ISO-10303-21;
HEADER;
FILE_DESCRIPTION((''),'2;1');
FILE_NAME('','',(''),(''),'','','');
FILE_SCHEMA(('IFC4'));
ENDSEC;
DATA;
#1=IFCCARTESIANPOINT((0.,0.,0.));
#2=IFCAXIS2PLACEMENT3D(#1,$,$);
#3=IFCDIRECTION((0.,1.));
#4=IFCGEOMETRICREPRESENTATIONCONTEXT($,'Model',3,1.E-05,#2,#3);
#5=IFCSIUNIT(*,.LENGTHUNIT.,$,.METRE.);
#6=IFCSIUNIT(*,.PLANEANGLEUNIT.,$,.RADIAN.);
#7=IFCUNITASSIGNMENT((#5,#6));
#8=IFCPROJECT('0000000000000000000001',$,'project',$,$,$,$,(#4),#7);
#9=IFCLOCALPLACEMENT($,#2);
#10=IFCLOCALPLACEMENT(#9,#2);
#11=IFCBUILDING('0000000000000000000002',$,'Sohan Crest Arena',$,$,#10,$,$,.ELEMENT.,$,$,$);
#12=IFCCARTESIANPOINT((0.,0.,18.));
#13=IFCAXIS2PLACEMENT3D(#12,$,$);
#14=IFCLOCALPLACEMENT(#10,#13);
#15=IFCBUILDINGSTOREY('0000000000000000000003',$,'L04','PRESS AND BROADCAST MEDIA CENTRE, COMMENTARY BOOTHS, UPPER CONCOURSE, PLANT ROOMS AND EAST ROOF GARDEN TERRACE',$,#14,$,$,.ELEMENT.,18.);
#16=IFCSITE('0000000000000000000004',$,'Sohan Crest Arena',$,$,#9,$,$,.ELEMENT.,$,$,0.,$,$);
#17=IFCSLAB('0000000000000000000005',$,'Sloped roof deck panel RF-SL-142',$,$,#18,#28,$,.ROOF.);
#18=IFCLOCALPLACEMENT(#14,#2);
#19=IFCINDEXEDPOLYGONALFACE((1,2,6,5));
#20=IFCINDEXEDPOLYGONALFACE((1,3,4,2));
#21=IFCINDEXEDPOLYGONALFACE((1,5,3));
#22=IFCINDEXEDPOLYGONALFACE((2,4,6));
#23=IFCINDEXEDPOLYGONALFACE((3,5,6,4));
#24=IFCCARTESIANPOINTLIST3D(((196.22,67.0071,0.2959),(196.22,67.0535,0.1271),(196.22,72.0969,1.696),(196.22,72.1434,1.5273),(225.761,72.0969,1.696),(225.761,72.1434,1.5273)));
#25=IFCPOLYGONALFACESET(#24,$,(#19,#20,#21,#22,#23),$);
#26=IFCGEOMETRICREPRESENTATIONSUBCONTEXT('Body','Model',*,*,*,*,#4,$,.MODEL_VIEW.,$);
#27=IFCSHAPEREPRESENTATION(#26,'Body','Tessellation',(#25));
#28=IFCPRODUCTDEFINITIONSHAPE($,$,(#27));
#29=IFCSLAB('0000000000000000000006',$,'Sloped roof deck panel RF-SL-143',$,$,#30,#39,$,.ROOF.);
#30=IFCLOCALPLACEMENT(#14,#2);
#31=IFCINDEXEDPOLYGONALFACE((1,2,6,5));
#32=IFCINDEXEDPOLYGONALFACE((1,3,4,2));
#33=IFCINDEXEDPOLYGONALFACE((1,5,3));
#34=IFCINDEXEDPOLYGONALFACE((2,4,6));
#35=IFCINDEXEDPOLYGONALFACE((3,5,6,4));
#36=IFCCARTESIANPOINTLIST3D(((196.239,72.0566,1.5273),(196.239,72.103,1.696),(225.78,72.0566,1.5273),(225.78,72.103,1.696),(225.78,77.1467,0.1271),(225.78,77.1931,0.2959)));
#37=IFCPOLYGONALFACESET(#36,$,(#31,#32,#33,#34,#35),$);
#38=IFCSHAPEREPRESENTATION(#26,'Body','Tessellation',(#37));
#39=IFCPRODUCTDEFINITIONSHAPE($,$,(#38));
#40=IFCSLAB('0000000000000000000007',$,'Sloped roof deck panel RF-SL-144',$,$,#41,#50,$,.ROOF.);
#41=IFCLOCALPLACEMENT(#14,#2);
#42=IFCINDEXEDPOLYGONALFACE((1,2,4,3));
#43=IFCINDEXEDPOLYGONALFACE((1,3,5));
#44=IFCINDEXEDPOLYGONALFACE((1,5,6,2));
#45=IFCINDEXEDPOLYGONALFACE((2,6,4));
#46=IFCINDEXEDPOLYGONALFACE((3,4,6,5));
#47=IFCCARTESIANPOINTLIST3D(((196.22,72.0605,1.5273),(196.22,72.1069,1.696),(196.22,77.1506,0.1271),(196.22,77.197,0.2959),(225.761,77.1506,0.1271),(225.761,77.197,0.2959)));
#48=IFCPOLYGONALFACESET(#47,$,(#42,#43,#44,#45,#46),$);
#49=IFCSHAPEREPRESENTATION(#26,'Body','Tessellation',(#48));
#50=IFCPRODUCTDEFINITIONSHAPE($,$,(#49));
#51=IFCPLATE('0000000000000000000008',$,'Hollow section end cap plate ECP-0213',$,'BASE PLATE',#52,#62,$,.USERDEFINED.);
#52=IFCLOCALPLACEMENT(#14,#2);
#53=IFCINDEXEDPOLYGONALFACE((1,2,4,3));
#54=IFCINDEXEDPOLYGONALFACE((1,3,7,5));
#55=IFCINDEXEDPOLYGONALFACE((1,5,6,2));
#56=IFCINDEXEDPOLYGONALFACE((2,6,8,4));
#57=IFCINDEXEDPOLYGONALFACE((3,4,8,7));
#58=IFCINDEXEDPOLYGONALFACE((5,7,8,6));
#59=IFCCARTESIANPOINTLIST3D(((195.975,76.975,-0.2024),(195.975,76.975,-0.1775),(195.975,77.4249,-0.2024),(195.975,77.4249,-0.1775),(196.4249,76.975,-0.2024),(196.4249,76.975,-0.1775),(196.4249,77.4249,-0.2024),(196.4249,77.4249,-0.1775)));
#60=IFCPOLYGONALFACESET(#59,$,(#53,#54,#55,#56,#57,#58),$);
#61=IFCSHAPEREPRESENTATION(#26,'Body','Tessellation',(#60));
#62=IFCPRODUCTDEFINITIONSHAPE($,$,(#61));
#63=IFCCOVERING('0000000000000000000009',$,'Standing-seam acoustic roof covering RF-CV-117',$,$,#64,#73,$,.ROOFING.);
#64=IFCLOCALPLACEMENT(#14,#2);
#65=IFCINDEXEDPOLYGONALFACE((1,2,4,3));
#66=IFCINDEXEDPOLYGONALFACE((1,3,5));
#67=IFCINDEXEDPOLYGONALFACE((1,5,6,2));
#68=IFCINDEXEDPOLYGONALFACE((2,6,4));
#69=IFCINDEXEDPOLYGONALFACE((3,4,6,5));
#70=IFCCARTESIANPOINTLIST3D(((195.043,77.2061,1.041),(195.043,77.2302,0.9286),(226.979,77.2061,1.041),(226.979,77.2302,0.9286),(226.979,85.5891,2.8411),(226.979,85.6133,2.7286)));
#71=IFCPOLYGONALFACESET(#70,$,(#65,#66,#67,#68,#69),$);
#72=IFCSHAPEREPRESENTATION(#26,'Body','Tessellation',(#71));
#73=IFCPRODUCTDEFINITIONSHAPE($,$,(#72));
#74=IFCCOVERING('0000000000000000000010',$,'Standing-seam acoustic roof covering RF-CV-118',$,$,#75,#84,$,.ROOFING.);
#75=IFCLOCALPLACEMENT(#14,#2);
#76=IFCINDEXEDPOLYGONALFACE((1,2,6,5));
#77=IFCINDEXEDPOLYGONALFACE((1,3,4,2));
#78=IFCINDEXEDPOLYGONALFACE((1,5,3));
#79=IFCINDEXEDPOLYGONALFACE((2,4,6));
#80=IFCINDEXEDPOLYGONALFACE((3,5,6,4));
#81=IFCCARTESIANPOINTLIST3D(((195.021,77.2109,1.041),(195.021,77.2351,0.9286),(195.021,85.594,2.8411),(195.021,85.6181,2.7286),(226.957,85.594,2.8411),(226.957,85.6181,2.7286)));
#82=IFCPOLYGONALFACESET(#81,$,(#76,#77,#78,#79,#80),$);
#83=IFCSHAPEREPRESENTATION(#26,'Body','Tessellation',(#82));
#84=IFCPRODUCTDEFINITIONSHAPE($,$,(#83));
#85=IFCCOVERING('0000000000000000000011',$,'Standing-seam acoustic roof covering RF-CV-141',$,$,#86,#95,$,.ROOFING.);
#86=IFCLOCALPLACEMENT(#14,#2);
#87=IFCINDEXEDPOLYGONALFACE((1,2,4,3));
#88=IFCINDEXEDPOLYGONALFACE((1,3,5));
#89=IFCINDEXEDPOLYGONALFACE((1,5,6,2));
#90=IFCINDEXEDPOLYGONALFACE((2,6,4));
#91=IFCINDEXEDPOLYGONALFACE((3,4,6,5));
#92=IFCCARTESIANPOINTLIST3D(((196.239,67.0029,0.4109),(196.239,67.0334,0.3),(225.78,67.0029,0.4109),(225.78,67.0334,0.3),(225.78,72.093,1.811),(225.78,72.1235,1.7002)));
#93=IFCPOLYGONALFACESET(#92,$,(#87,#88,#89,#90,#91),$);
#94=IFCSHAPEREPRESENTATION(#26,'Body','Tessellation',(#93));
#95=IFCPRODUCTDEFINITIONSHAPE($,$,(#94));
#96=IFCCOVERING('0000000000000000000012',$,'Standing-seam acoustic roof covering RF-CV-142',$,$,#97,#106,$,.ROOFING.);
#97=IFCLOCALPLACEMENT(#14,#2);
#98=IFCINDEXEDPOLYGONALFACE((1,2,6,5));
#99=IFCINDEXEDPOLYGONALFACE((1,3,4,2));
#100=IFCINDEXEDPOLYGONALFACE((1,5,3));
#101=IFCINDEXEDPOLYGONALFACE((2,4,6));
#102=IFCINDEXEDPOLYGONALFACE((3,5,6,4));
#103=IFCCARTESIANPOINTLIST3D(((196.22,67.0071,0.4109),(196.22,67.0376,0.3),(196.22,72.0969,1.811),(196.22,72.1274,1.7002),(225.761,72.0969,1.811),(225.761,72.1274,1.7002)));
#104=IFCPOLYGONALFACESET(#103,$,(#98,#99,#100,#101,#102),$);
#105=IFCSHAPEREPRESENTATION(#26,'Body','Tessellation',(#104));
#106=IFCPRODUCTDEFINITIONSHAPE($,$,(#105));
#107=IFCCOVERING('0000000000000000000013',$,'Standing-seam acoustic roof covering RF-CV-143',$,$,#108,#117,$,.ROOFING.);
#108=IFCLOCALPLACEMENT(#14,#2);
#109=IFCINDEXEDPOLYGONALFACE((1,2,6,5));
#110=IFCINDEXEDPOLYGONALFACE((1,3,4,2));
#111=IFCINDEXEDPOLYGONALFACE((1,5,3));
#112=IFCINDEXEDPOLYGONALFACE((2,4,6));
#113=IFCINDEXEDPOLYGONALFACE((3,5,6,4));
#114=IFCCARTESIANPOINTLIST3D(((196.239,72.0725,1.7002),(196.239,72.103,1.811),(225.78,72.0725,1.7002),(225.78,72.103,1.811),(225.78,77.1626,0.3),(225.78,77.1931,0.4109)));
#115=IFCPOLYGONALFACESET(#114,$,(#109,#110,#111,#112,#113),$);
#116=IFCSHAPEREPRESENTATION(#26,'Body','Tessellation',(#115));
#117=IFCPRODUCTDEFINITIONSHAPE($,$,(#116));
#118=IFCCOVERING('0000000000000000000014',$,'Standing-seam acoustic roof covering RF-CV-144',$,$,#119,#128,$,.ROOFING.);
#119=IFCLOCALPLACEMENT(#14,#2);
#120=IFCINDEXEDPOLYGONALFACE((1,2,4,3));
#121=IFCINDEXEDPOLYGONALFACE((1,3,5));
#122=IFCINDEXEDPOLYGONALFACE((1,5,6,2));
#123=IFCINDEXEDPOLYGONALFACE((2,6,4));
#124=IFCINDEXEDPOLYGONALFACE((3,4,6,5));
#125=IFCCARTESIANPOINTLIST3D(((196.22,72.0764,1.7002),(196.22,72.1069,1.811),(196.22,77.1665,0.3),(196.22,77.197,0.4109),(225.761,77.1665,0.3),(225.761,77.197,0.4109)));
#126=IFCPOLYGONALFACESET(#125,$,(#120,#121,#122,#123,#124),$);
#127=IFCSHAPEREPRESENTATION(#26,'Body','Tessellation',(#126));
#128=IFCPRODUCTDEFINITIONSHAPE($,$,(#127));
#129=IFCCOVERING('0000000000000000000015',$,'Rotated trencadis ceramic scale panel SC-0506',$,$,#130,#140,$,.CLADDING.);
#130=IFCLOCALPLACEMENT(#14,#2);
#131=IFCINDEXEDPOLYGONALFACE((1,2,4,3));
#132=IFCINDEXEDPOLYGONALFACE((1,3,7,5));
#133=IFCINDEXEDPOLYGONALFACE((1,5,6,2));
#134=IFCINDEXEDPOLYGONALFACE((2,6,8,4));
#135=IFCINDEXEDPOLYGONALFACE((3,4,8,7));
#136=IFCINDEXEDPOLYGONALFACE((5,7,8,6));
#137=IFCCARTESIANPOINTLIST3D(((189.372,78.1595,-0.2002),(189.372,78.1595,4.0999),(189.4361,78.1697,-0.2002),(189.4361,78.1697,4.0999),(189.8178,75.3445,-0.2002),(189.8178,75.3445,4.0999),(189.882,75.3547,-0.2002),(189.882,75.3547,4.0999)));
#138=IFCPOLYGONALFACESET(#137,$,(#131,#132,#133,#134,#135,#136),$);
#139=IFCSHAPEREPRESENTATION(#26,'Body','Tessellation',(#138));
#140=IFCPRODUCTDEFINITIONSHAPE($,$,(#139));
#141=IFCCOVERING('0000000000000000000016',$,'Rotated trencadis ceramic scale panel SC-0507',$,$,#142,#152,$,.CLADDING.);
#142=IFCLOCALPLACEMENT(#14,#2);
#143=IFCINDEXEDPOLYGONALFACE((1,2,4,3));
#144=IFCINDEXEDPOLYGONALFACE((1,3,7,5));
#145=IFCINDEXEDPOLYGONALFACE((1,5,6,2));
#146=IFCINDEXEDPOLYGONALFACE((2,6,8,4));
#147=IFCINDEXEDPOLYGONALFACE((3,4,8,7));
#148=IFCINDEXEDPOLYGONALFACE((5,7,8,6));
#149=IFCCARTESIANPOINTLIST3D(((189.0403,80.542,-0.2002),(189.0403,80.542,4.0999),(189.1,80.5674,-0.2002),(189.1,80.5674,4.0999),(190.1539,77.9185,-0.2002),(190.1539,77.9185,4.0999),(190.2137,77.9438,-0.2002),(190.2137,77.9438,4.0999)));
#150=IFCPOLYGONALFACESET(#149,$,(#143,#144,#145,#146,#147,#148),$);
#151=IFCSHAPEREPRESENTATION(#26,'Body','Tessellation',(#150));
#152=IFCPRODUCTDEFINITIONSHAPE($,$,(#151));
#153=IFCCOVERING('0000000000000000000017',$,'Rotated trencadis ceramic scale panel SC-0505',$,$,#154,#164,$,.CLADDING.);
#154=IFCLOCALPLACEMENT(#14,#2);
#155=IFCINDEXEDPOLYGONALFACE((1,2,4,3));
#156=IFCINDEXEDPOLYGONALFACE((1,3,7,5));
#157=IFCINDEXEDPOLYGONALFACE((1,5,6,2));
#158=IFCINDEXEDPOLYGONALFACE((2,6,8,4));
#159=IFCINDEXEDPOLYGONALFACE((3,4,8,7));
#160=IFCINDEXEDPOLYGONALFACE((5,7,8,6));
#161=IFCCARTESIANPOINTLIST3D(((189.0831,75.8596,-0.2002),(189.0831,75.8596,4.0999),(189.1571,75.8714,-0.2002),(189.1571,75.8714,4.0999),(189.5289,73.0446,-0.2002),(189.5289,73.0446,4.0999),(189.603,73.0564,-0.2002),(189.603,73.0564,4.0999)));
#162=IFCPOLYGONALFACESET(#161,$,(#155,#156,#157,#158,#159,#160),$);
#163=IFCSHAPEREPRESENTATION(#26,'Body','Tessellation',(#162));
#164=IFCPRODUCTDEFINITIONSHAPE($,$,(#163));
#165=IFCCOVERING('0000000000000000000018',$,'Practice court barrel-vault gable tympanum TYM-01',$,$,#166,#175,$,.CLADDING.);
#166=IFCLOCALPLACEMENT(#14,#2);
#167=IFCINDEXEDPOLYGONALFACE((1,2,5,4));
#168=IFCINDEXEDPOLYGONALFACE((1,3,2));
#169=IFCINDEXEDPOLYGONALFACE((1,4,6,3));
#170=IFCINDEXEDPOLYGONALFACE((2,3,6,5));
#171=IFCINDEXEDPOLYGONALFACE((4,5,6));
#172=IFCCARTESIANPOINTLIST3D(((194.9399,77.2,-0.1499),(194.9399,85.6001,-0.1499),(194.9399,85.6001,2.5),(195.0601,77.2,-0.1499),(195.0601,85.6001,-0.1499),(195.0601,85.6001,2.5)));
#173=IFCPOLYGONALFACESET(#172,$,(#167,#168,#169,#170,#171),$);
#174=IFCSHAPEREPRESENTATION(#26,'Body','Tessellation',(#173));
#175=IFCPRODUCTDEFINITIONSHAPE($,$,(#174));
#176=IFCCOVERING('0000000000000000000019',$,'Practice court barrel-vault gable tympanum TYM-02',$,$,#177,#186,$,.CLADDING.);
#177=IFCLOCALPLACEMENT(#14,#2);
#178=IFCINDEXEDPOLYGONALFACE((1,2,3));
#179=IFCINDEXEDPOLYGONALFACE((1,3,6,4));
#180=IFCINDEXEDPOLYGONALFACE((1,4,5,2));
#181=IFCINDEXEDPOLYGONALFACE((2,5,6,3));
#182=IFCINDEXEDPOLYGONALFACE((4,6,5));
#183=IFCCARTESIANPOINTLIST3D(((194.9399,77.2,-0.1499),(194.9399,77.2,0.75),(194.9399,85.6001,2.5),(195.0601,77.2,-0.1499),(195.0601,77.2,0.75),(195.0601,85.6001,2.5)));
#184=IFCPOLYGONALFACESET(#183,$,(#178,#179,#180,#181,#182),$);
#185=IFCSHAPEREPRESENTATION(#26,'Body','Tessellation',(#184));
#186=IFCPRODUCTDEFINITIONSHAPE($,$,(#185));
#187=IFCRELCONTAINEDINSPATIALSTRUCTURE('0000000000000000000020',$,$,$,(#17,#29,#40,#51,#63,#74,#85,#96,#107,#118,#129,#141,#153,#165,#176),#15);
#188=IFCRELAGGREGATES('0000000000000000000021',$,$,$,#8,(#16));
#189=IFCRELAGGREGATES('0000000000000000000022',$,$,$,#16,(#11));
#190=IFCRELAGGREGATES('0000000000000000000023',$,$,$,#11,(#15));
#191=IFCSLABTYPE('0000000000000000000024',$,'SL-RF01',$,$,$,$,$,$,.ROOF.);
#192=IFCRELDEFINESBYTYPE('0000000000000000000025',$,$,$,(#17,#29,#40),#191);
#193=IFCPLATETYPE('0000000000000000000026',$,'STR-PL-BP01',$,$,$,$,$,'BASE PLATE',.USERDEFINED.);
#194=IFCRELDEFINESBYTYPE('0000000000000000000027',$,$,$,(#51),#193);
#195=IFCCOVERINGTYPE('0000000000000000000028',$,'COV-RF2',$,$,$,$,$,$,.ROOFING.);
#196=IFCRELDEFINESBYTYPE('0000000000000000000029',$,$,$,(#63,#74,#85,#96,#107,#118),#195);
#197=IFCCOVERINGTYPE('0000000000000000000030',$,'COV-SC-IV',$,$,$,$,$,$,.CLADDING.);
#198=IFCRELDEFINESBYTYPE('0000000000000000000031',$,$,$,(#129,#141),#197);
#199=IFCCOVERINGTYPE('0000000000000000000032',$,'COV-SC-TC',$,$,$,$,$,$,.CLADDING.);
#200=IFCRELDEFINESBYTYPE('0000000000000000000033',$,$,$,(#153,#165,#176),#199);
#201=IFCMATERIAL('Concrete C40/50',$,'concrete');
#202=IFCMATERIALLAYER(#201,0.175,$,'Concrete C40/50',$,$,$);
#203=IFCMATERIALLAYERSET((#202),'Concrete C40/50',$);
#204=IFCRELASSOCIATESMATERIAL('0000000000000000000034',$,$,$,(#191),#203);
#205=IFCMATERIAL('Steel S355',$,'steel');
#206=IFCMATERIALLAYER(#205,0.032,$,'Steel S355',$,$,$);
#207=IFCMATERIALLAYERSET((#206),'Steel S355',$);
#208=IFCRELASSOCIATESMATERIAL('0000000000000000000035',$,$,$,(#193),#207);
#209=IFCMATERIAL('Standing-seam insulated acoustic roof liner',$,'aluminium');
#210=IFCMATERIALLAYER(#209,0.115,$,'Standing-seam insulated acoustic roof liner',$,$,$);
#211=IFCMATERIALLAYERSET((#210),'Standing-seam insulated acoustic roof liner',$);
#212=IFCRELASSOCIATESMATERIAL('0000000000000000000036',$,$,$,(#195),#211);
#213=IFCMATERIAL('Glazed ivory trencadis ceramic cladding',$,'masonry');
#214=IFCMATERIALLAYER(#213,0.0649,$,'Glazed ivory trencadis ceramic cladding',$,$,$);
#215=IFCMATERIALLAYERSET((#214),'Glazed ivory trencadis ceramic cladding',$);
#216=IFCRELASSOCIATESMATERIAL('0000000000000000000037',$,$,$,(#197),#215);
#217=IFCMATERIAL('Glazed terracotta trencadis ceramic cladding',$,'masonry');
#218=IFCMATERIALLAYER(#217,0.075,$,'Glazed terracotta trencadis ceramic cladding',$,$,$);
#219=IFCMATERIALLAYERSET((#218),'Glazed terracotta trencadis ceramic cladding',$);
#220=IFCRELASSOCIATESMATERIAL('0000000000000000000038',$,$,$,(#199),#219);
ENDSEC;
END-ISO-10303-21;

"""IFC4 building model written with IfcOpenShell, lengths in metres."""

from ifc_helpers import new_model, si_unit, direction, frame, origin, origin_2d, place, context, subcontext, project, spatial, polyline, rectangle, outline, extrude, material, layer, layer_set, type_object, element, save


model = new_model("IFC4")

# Units and contexts
model_context = context("Model", 3, precision=1e-05, world=origin(), true_north=direction((0.0, 1.0)))
body_context = subcontext(model_context, "Body", "Model", "MODEL_VIEW")
ifc_project = project(units=[si_unit("LENGTHUNIT", "METRE"), si_unit("PLANEANGLEUNIT", "RADIAN")], contexts=[model_context])

# Site, building, storey
site_placement = place(None, origin())
site = spatial("IfcSite", under=ifc_project, at=site_placement, Name="Sohan Crest Arena", CompositionType="ELEMENT", RefElevation=0.0)
building_placement = place(site_placement, origin())
building = spatial("IfcBuilding", under=site, at=building_placement, Name="Sohan Crest Arena", CompositionType="ELEMENT")
storey_placement = place(building_placement, frame((0.0, 0.0, 18.0)))
storey = spatial("IfcBuildingStorey", under=building, at=storey_placement, Name="L04", Description="PRESS AND BROADCAST MEDIA CENTRE, COMMENTARY BOOTHS, UPPER CONCOURSE, PLANT ROOMS AND EAST ROOF GARDEN TERRACE", CompositionType="ELEMENT", Elevation=18.0)

# Shared definitions
ifc_material_1 = material(Name="Steel S355", Category="steel")

# Slabs
ifc_material_2 = material(Name="Concrete C40/50", Category="concrete")
ifc_layer_1 = layer(ifc_material_2, 0.175, Name="Concrete C40/50")
ifc_layer_set_1 = layer_set([ifc_layer_1], Name="Concrete C40/50")
slab_type = type_object("IfcSlabType", Name="SL-RF01", PredefinedType="ROOF", material=ifc_layer_set_1)
slab_1_placement = place(storey_placement, frame((196.22, 67.0071, 0.2959), z_axis=(0.0, -0.265234, 0.964184), x_axis=(0.984406, 0.169611, 0.046658)))
element("IfcSlab", 1, at=slab_1_placement, inside=storey, type_object=slab_type, Name="Sloped roof deck panel RF-SL-142", PredefinedType="ROOF", context=body_context, shape_type="SweptSolid", body=[
    extrude(outline(polyline([(0.0, 0.0), (30.009, 0.0), (0.9286, 5.1966), (0.0, 0.0)])), origin(), (0.0, 0.0, -1.0), 0.175),
])
slab_2_placement = place(storey_placement, frame((196.239, 72.103, 1.696), z_axis=(0.0, 0.265222, 0.964187), x_axis=(1.0, 0.0, 0.0)))
element("IfcSlab", 2, at=slab_2_placement, inside=storey, type_object=slab_type, Name="Sloped roof deck panel RF-SL-143", PredefinedType="ROOF", context=body_context, shape_type="SweptSolid", body=[
    extrude(outline(polyline([(0.0, 0.0), (29.541, 0.0), (29.541, 5.2791), (0.0, 0.0)])), origin(), (0.0, 0.0, -1.0), 0.175),
])
slab_3_placement = place(storey_placement, frame((196.22, 72.1069, 1.696), z_axis=(0.0, 0.265222, 0.964187), x_axis=(0.984405, 0.169619, -0.046658)))
element("IfcSlab", 3, at=slab_3_placement, inside=storey, type_object=slab_type, Name="Sloped roof deck panel RF-SL-144", PredefinedType="ROOF", context=body_context, shape_type="SweptSolid", body=[
    extrude(outline(polyline([(0.0, 0.0), (30.009, 0.0), (0.9287, 5.1968), (0.0, 0.0)])), origin(), (0.0, 0.0, -1.0), 0.175),
])

# Plate
ifc_layer_2 = layer(ifc_material_1, 0.032, Name="Steel S355")
ifc_layer_set_2 = layer_set([ifc_layer_2], Name="Steel S355")
plate_type = type_object("IfcPlateType", Name="STR-PL-BP01", ElementType="BASE PLATE", PredefinedType="USERDEFINED", material=ifc_layer_set_2)
plate_placement = place(storey_placement, frame((196.2, 77.2, -0.2024), z_axis=(0.0, 0.0, 1.0), x_axis=(1.0, 0.0, 0.0)))
element("IfcPlate", 4, at=plate_placement, inside=storey, type_object=plate_type, Name="Hollow section end cap plate ECP-0213", ObjectType="BASE PLATE", PredefinedType="USERDEFINED", context=body_context, shape_type="SweptSolid", body=[
    extrude(rectangle(XDim=0.45, YDim=0.45, at=origin_2d()), origin(), (0.0, 0.0, 1.0), 0.0249),
])

# Coverings
ifc_material_3 = material(Name="Standing-seam insulated acoustic roof liner", Category="aluminium")
ifc_layer_3 = layer(ifc_material_3, 0.115, Name="Standing-seam insulated acoustic roof liner")
ifc_layer_set_3 = layer_set([ifc_layer_3], Name="Standing-seam insulated acoustic roof liner")
covering_type_1 = type_object("IfcCoveringType", Name="COV-RF2", PredefinedType="ROOFING", material=ifc_layer_set_3)
covering_1_placement = place(storey_placement, frame((195.043, 77.2061, 1.041), z_axis=(0.0, -0.209939, 0.977714), x_axis=(1.0, 0.0, 0.0)))
element("IfcCovering", 5, at=covering_1_placement, inside=storey, type_object=covering_type_1, Name="Standing-seam acoustic roof covering RF-CV-117", PredefinedType="ROOFING", context=body_context, shape_type="SweptSolid", body=[
    extrude(outline(polyline([(0.0, 0.0), (31.936, 0.0), (31.936, 8.5741), (0.0, 0.0)])), origin(), (0.0, 0.0, -1.0), 0.115),
])
covering_2_placement = place(storey_placement, frame((195.021, 77.2109, 1.041), z_axis=(0.0, -0.209939, 0.977714), x_axis=(0.965798, 0.253517, 0.054436)))
element("IfcCovering", 6, at=covering_2_placement, inside=storey, type_object=covering_type_1, Name="Standing-seam acoustic roof covering RF-CV-118", PredefinedType="ROOFING", context=body_context, shape_type="SweptSolid", body=[
    extrude(outline(polyline([(0.0, 0.0), (33.067, 0.0), (2.2232, 8.2809), (0.0, 0.0)])), origin(), (0.0, 0.0, -1.0), 0.115),
])
covering_3_placement = place(storey_placement, frame((196.239, 67.0029, 0.4109), z_axis=(0.0, -0.265222, 0.964187), x_axis=(1.0, 0.0, 0.0)))
element("IfcCovering", 7, at=covering_3_placement, inside=storey, type_object=covering_type_1, Name="Standing-seam acoustic roof covering RF-CV-141", PredefinedType="ROOFING", context=body_context, shape_type="SweptSolid", body=[
    extrude(outline(polyline([(0.0, 0.0), (29.541, 0.0), (29.541, 5.2791), (0.0, 0.0)])), origin(), (0.0, 0.0, -1.0), 0.115),
])
covering_4_placement = place(storey_placement, frame((196.22, 67.0071, 0.4109), z_axis=(0.0, -0.265234, 0.964184), x_axis=(0.984406, 0.169611, 0.046658)))
element("IfcCovering", 8, at=covering_4_placement, inside=storey, type_object=covering_type_1, Name="Standing-seam acoustic roof covering RF-CV-142", PredefinedType="ROOFING", context=body_context, shape_type="SweptSolid", body=[
    extrude(outline(polyline([(0.0, 0.0), (30.009, 0.0), (0.9286, 5.1966), (0.0, 0.0)])), origin(), (0.0, 0.0, -1.0), 0.115),
])
covering_5_placement = place(storey_placement, frame((196.239, 72.103, 1.811), z_axis=(0.0, 0.265222, 0.964187), x_axis=(1.0, 0.0, 0.0)))
element("IfcCovering", 9, at=covering_5_placement, inside=storey, type_object=covering_type_1, Name="Standing-seam acoustic roof covering RF-CV-143", PredefinedType="ROOFING", context=body_context, shape_type="SweptSolid", body=[
    extrude(outline(polyline([(0.0, 0.0), (29.541, 0.0), (29.541, 5.2791), (0.0, 0.0)])), origin(), (0.0, 0.0, -1.0), 0.115),
])
covering_6_placement = place(storey_placement, frame((196.22, 72.1069, 1.811), z_axis=(0.0, 0.265222, 0.964187), x_axis=(0.984405, 0.169619, -0.046658)))
element("IfcCovering", 10, at=covering_6_placement, inside=storey, type_object=covering_type_1, Name="Standing-seam acoustic roof covering RF-CV-144", PredefinedType="ROOFING", context=body_context, shape_type="SweptSolid", body=[
    extrude(outline(polyline([(0.0, 0.0), (30.009, 0.0), (0.9287, 5.1968), (0.0, 0.0)])), origin(), (0.0, 0.0, -1.0), 0.115),
])
ifc_material_4 = material(Name="Glazed ivory trencadis ceramic cladding", Category="masonry")
ifc_layer_4 = layer(ifc_material_4, 0.0649, Name="Glazed ivory trencadis ceramic cladding")
ifc_layer_set_4 = layer_set([ifc_layer_4], Name="Glazed ivory trencadis ceramic cladding")
covering_type_2 = type_object("IfcCoveringType", Name="COV-SC-IV", PredefinedType="CLADDING", material=ifc_layer_set_4)
for number, where, z_axis, x_axis, name in (
    (11, (189.627, 76.7571, -0.2002), (0.0, 0.0, 1.0), (-0.156434, 0.987688, 0.0), "Rotated trencadis ceramic scale panel SC-0506"),
    (12, (189.627, 79.2429, -0.2002), (0.0, 0.0, 1.0), (-0.390731, 0.920505, 0.0), "Rotated trencadis ceramic scale panel SC-0507"),
):
    element("IfcCovering", number, at=place(storey_placement, frame(where, z_axis=z_axis, x_axis=x_axis)), inside=storey, type_object=covering_type_2, Name=name, PredefinedType="CLADDING", context=body_context, shape_type="SweptSolid", body=[
        extrude(rectangle(XDim=2.8501, YDim=0.0649, at=origin_2d()), origin(), (0.0, 0.0, 1.0), 4.3),
    ])
ifc_material_5 = material(Name="Glazed terracotta trencadis ceramic cladding", Category="masonry")
ifc_layer_5 = layer(ifc_material_5, 0.075, Name="Glazed terracotta trencadis ceramic cladding")
ifc_layer_set_5 = layer_set([ifc_layer_5], Name="Glazed terracotta trencadis ceramic cladding")
covering_type_3 = type_object("IfcCoveringType", Name="COV-SC-TC", PredefinedType="CLADDING", material=ifc_layer_set_5)
covering_7_placement = place(storey_placement, frame((189.343, 74.458, -0.2002), z_axis=(0.0, 0.0, 1.0), x_axis=(-0.156434, 0.987688, 0.0)))
element("IfcCovering", 13, at=covering_7_placement, inside=storey, type_object=covering_type_3, Name="Rotated trencadis ceramic scale panel SC-0505", PredefinedType="CLADDING", context=body_context, shape_type="SweptSolid", body=[
    extrude(rectangle(XDim=2.8501, YDim=0.075, at=origin_2d()), origin(), (0.0, 0.0, 1.0), 4.3),
])
covering_8_placement = place(storey_placement, frame((195.0601, 77.2, -0.1499), z_axis=(1.0, 0.0, 0.0), x_axis=(0.0, 1.0, 0.0)))
element("IfcCovering", 14, at=covering_8_placement, inside=storey, type_object=covering_type_3, Name="Practice court barrel-vault gable tympanum TYM-01", PredefinedType="CLADDING", context=body_context, shape_type="SweptSolid", body=[
    extrude(outline(polyline([(0.0, 0.0), (8.4001, 0.0), (8.4001, 2.6499), (0.0, 0.0)])), origin(), (0.0, 0.0, -1.0), 0.1201),
])
covering_9_placement = place(storey_placement, frame((195.0601, 77.2, -0.1499), z_axis=(1.0, 0.0, 0.0), x_axis=(0.0, 0.953673, 0.300845)))
element("IfcCovering", 15, at=covering_9_placement, inside=storey, type_object=covering_type_3, Name="Practice court barrel-vault gable tympanum TYM-02", PredefinedType="CLADDING", context=body_context, shape_type="SweptSolid", body=[
    extrude(outline(polyline([(0.0, 0.0), (8.8082, 0.0), (0.2707, 0.8582), (0.0, 0.0)])), origin(), (0.0, 0.0, -1.0), 0.1201),
])

save(model, "model.ifc")
